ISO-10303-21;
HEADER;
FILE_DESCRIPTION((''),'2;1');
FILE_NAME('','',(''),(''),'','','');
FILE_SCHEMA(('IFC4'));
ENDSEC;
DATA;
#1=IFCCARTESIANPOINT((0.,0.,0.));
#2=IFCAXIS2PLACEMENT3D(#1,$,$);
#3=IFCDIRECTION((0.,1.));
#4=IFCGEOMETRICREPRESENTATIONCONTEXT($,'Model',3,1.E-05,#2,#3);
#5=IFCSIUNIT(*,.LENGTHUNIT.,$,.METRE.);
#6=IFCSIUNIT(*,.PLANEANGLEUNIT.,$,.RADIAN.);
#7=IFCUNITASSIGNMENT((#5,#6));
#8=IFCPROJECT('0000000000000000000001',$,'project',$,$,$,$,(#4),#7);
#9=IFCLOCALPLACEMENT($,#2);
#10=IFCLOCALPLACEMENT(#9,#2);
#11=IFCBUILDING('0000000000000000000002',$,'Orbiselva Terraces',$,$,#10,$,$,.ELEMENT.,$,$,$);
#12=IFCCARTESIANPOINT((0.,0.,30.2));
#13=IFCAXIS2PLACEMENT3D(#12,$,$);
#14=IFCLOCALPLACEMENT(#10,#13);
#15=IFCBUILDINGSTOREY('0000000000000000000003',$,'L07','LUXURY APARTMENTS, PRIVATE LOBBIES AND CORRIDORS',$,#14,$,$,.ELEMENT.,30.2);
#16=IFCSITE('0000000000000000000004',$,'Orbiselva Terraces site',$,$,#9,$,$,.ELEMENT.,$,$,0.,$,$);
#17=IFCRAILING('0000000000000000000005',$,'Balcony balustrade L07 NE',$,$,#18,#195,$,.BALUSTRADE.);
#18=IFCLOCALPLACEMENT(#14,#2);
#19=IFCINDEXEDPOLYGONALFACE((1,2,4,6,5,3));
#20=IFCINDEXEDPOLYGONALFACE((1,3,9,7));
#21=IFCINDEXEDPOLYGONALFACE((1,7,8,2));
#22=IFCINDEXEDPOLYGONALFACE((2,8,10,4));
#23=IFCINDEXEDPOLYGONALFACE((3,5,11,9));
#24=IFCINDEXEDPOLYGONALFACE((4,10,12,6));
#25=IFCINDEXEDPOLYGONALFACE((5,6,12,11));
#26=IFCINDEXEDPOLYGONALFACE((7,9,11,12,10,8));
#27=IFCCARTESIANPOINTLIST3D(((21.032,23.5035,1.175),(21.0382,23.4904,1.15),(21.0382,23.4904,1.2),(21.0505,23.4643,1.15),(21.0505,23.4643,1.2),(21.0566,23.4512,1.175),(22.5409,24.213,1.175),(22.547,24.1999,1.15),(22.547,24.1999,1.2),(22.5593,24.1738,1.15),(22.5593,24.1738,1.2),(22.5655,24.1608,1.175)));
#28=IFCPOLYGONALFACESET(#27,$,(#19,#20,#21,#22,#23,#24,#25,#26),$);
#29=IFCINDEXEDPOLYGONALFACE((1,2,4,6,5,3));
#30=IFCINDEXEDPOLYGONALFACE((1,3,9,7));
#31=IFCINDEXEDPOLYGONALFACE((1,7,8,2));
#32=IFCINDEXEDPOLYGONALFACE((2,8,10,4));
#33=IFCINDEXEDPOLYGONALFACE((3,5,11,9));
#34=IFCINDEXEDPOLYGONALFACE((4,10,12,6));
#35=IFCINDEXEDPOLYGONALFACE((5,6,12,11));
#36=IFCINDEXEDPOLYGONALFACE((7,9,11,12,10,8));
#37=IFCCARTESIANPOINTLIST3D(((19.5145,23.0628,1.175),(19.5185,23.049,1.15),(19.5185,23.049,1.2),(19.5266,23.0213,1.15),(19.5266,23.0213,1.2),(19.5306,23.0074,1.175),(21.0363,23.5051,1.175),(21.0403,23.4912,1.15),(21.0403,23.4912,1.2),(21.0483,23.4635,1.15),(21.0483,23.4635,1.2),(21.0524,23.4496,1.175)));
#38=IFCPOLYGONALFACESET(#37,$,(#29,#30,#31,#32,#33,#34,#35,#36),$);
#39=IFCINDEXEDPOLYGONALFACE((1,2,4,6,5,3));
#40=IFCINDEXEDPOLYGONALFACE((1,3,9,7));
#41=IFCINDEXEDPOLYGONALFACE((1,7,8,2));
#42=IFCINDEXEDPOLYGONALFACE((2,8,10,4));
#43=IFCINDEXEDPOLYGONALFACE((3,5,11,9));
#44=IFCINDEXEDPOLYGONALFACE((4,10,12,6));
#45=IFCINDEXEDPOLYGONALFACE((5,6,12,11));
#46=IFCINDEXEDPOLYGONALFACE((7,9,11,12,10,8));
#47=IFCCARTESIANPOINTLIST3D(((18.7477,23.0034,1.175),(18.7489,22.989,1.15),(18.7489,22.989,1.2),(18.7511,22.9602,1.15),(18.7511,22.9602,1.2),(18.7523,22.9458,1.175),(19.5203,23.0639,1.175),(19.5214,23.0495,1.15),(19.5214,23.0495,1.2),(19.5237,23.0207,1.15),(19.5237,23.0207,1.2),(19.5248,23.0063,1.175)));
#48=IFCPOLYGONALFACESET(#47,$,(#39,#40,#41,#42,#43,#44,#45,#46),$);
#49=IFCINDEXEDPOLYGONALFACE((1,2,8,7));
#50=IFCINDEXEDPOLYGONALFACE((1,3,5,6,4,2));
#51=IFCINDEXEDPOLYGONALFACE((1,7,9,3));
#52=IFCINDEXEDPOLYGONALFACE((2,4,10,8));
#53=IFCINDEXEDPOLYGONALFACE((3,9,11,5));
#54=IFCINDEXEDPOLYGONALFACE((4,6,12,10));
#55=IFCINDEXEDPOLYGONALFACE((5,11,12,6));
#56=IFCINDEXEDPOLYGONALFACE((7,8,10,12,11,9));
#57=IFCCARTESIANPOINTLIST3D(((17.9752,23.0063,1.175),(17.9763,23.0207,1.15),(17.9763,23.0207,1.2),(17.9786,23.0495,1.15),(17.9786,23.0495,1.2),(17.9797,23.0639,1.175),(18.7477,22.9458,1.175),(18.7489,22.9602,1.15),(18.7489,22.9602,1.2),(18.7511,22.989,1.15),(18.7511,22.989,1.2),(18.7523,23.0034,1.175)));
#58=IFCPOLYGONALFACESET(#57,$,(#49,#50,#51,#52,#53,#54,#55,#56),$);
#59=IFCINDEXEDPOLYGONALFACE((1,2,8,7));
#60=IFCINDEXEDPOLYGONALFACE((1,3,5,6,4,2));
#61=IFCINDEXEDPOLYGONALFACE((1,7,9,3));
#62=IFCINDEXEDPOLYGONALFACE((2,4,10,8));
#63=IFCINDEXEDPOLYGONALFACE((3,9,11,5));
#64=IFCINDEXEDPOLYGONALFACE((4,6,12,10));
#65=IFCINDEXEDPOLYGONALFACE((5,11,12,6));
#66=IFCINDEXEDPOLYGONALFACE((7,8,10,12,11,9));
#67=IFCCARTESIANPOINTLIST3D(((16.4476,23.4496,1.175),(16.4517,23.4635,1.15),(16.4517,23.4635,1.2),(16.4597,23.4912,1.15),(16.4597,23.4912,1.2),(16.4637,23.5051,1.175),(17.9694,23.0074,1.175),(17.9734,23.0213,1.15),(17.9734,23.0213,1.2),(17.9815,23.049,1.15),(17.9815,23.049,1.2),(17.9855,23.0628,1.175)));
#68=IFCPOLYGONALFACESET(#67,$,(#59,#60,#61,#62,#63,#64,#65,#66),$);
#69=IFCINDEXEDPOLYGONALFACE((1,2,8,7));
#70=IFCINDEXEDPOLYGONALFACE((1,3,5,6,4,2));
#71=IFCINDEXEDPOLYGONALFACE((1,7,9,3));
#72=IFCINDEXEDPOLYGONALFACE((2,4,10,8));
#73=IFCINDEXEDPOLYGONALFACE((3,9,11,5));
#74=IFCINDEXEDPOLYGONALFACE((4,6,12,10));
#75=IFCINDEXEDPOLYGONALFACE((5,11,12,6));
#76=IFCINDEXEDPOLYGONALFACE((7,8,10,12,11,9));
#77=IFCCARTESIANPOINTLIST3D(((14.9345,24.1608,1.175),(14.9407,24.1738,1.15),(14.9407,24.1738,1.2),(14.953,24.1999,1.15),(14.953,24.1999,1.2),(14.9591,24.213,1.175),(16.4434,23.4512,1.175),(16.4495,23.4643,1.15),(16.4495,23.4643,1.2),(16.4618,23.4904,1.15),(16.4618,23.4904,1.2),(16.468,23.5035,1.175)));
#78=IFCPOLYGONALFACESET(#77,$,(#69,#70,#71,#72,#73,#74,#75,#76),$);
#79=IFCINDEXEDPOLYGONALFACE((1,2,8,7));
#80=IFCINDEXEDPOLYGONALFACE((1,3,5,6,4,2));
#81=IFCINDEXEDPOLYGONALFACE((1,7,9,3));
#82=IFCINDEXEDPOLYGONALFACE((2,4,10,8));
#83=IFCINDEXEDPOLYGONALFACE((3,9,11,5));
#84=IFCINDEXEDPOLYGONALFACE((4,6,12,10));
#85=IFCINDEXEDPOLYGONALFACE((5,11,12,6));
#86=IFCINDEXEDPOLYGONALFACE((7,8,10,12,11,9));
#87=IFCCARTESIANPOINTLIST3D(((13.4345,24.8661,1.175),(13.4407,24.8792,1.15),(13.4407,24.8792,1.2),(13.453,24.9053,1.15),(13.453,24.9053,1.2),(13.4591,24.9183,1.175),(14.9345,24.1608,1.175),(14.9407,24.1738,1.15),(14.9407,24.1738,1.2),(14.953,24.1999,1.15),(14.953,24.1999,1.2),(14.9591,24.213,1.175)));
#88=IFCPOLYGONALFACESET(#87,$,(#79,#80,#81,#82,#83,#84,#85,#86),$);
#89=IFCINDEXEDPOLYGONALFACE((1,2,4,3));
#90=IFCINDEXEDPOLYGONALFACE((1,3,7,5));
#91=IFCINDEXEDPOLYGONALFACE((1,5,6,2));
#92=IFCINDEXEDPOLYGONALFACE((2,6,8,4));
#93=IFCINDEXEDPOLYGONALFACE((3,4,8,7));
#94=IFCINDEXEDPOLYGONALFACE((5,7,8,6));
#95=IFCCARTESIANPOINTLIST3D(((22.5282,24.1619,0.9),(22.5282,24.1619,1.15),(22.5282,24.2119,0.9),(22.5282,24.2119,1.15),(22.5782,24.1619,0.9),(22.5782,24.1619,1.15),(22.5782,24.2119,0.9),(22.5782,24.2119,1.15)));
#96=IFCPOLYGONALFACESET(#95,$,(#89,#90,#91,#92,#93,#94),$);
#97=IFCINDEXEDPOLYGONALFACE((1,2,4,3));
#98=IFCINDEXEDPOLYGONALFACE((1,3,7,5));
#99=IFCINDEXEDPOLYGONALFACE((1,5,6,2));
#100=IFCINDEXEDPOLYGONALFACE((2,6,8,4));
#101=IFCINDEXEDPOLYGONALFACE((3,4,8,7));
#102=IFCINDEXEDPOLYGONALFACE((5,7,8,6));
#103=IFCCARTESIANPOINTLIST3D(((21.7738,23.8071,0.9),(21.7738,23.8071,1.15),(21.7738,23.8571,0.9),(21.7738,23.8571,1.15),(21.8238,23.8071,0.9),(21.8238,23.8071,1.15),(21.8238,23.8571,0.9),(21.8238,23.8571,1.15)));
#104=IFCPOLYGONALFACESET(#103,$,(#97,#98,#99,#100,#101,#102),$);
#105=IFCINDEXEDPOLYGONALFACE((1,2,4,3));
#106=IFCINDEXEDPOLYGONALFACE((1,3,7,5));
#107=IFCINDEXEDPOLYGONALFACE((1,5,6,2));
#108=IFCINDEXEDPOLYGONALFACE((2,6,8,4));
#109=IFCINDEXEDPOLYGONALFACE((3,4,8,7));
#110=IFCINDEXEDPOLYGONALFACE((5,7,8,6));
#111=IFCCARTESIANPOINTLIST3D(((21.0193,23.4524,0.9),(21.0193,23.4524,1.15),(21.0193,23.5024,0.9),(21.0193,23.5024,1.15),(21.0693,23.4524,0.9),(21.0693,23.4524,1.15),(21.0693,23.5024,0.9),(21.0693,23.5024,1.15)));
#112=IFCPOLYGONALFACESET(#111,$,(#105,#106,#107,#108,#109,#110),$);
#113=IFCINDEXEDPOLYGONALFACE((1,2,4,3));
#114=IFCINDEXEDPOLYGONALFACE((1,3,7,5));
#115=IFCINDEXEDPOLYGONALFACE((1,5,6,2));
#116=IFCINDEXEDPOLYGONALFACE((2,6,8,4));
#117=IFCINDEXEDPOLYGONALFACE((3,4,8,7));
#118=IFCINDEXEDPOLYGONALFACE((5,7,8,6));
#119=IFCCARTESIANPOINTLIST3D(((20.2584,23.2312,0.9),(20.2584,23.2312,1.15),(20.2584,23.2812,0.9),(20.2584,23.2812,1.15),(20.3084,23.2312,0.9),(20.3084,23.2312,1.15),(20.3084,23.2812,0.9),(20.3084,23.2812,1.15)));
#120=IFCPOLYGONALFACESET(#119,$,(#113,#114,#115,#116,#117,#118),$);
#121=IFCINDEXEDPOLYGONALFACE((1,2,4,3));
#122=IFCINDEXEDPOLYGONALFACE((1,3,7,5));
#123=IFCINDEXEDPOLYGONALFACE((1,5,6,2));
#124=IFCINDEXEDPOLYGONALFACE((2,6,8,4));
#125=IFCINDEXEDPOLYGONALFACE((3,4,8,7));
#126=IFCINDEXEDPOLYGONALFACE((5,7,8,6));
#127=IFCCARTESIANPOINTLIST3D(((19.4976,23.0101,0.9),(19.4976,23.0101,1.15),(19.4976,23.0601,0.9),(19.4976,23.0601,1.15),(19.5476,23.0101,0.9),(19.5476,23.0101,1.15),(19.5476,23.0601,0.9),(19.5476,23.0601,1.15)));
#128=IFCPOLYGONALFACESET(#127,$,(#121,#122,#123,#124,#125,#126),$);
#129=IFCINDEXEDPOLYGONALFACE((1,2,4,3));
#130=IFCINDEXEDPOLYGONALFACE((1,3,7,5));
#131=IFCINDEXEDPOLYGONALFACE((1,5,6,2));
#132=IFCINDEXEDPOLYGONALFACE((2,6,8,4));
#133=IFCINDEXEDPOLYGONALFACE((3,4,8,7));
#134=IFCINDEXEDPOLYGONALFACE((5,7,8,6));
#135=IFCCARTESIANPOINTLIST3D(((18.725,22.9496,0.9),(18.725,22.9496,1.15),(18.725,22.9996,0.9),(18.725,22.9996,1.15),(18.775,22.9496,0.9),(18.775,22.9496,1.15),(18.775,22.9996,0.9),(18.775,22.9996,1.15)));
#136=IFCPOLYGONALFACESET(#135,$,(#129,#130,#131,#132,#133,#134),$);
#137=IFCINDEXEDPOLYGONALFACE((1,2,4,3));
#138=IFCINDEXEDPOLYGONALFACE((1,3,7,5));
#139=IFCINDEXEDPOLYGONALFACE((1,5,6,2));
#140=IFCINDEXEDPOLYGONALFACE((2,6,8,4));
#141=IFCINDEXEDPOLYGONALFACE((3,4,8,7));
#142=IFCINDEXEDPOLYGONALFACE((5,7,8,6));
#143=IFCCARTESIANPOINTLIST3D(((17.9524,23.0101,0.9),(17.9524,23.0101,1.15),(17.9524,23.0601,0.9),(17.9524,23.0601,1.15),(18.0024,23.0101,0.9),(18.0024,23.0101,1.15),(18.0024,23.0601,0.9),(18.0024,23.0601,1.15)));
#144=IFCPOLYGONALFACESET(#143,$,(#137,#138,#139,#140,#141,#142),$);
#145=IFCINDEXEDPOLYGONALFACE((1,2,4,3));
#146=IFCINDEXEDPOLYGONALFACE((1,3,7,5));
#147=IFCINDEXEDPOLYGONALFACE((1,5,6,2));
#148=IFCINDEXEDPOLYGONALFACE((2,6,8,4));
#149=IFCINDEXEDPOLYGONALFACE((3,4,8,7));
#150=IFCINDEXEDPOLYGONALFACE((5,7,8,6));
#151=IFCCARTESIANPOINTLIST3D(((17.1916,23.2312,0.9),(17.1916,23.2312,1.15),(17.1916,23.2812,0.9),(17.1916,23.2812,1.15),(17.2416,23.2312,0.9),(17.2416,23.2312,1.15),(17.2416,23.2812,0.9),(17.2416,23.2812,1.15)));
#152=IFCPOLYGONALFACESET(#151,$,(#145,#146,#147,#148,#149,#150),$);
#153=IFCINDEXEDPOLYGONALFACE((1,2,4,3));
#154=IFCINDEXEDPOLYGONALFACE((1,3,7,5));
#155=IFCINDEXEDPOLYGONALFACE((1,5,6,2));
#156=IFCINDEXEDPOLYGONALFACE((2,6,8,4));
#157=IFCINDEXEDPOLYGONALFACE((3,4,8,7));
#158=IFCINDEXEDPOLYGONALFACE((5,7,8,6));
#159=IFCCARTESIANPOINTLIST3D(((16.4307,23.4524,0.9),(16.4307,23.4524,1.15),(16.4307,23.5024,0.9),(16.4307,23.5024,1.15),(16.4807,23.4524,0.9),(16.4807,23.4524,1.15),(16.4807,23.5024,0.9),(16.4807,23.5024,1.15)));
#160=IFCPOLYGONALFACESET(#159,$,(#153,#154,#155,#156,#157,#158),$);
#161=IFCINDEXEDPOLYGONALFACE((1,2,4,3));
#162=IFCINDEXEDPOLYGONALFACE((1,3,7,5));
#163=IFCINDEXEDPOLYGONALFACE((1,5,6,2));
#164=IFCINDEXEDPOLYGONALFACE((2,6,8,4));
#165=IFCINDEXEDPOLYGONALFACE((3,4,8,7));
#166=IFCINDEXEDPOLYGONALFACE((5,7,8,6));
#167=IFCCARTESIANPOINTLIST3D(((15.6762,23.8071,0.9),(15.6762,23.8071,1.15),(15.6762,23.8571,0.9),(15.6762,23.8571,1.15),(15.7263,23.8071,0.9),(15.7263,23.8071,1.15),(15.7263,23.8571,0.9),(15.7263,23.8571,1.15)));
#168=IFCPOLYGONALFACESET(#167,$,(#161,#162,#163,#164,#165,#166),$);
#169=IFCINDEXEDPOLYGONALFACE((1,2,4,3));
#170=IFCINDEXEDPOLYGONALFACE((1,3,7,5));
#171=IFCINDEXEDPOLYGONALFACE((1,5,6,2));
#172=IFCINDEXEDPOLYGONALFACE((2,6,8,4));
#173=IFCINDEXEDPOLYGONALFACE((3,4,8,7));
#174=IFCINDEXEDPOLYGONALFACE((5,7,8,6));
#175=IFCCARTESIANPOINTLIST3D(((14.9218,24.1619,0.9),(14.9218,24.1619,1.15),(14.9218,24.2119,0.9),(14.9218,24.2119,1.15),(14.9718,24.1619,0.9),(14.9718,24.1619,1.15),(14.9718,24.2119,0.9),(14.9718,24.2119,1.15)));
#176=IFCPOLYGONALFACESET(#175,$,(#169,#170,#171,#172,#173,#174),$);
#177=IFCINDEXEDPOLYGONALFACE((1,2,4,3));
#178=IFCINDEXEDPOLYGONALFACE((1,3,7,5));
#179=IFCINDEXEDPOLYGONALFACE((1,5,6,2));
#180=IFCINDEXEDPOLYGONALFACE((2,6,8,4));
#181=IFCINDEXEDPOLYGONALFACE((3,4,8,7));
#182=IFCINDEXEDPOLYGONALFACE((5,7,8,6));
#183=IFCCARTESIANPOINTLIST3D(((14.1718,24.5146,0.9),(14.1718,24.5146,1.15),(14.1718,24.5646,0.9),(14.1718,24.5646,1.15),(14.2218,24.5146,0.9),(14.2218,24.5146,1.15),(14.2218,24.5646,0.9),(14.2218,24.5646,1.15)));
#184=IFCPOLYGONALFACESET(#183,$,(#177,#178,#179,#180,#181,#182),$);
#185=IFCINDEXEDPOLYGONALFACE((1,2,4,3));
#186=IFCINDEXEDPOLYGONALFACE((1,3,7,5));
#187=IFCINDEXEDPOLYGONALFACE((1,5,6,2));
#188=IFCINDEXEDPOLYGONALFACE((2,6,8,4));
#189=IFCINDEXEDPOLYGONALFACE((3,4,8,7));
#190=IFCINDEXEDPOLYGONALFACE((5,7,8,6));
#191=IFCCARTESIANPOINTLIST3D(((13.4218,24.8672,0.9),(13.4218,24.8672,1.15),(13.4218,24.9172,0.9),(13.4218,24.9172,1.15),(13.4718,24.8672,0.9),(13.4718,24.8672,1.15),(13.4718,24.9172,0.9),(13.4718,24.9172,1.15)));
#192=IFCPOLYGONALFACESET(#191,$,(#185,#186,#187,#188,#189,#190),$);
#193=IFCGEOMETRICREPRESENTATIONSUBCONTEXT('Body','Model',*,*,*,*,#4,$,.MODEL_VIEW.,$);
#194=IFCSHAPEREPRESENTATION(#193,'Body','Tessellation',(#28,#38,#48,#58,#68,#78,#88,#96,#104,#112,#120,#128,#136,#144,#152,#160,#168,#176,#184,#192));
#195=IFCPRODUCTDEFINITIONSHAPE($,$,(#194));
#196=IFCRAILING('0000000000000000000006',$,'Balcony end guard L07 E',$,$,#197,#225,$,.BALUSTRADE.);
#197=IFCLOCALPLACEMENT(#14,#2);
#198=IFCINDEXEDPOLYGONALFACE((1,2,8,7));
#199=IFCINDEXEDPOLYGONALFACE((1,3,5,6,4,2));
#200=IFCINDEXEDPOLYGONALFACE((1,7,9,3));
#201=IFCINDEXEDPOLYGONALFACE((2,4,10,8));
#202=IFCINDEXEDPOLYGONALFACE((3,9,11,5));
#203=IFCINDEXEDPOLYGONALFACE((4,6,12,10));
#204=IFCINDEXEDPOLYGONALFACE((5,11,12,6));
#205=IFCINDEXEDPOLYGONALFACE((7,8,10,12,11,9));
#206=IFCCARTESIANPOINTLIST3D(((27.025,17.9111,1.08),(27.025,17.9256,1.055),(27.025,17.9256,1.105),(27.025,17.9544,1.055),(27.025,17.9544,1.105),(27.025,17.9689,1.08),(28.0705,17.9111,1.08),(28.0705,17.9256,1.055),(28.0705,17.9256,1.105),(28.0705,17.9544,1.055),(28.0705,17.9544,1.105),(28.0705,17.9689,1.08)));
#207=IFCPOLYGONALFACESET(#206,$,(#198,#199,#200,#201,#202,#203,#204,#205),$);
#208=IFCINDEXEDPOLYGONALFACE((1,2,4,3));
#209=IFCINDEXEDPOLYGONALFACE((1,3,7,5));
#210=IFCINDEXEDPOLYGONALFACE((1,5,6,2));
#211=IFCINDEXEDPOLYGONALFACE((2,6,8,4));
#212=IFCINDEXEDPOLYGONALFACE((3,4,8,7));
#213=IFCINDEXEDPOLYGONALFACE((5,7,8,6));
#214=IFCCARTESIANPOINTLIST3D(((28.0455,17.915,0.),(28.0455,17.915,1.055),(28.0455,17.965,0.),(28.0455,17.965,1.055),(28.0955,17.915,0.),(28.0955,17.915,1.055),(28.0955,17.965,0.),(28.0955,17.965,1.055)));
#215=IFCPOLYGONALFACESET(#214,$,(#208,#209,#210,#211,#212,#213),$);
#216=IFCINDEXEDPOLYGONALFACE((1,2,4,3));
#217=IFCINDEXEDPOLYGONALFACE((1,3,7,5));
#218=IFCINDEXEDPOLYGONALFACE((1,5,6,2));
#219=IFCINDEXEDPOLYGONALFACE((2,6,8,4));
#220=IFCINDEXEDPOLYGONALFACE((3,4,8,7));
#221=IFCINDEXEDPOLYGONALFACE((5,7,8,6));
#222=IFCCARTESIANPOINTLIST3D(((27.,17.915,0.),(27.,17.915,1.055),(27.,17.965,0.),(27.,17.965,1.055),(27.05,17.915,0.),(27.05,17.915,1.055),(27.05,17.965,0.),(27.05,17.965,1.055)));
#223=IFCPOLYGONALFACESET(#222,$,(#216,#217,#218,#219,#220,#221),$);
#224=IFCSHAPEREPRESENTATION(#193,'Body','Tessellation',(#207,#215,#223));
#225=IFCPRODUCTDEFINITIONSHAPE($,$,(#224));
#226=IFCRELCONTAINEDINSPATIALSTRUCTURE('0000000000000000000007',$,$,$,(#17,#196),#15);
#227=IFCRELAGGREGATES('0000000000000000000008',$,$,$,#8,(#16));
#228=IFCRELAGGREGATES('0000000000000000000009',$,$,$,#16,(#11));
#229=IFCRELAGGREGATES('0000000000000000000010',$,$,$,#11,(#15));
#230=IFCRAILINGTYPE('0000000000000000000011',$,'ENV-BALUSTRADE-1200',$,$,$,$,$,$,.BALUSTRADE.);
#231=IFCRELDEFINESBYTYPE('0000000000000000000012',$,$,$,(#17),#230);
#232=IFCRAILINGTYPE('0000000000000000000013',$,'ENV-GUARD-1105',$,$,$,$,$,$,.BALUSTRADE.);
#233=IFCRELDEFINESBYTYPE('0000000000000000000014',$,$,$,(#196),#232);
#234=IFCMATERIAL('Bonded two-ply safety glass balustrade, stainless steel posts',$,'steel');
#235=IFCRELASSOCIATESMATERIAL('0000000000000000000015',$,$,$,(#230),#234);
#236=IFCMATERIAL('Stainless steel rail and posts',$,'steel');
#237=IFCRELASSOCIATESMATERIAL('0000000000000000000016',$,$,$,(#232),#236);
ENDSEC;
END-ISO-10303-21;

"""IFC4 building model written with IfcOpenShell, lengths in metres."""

from ifc_helpers import new_model, si_unit, direction, frame, origin, origin_2d, place, context, subcontext, project, spatial, polyline, rectangle, outline, extrude, material, type_object, element, save


model = new_model("IFC4")

# Units and contexts
model_context = context("Model", 3, precision=1e-05, world=origin(), true_north=direction((0.0, 1.0)))
body_context = subcontext(model_context, "Body", "Model", "MODEL_VIEW")
ifc_project = project(units=[si_unit("LENGTHUNIT", "METRE"), si_unit("PLANEANGLEUNIT", "RADIAN")], contexts=[model_context])

# Site, building, storey
site_placement = place(None, origin())
site = spatial("IfcSite", under=ifc_project, at=site_placement, Name="Orbiselva Terraces site", CompositionType="ELEMENT", RefElevation=0.0)
building_placement = place(site_placement, origin())
building = spatial("IfcBuilding", under=site, at=building_placement, Name="Orbiselva Terraces", CompositionType="ELEMENT")
storey_placement = place(building_placement, frame((0.0, 0.0, 30.2)))
storey = spatial("IfcBuildingStorey", under=building, at=storey_placement, Name="L07", Description="LUXURY APARTMENTS, PRIVATE LOBBIES AND CORRIDORS", CompositionType="ELEMENT", Elevation=30.2)

# Railings
ifc_material_1 = material(Name="Bonded two-ply safety glass balustrade, stainless steel posts", Category="steel")
railing_type_1 = type_object("IfcRailingType", Name="ENV-BALUSTRADE-1200", PredefinedType="BALUSTRADE", material=ifc_material_1)
railing_1_placement = place(storey_placement, frame((22.5532, 24.1869, 0.9)))
element("IfcRailing", 1, at=railing_1_placement, inside=storey, type_object=railing_type_1, Name="Balcony balustrade L07 NE", PredefinedType="BALUSTRADE", context=body_context, shape_type="SweptSolid", body=[
    extrude(outline(polyline([(0.0289, 0.0), (0.0144, 0.025), (-0.0144, 0.025), (-0.0289, 0.0), (-0.0144, -0.025), (0.0144, -0.025), (0.0289, 0.0)])), frame((0.0, 0.0, 0.275), z_axis=(-0.904944, -0.42553, 0.0), x_axis=(0.42553, -0.904944, 0.0)), (0.0, 0.0, 1.0), 1.6674),
    extrude(outline(polyline([(0.0289, 0.0), (0.0144, 0.025), (-0.0144, 0.025), (-0.0289, 0.0), (-0.0144, -0.025), (0.0144, -0.025), (0.0289, 0.0)])), frame((-1.5089, -0.7095, 0.275), z_axis=(-0.96027, -0.279071, 0.0), x_axis=(0.279071, -0.96027, 0.0)), (0.0, 0.0, 1.0), 1.5847),
    extrude(outline(polyline([(0.0289, 0.0), (0.0144, 0.025), (-0.0144, 0.025), (-0.0289, 0.0), (-0.0144, -0.025), (0.0144, -0.025), (0.0289, 0.0)])), frame((-3.0306, -1.1518, 0.275), z_axis=(-0.996948, -0.078071, 0.0), x_axis=(0.078071, -0.996948, 0.0)), (0.0, 0.0, 1.0), 0.7749),
    extrude(outline(polyline([(0.0289, 0.0), (0.0144, 0.025), (-0.0144, 0.025), (-0.0289, 0.0), (-0.0144, -0.025), (0.0144, -0.025), (0.0289, 0.0)])), frame((-3.8032, -1.2123, 0.275), z_axis=(-0.996948, 0.078071, 0.0), x_axis=(-0.078071, -0.996948, 0.0)), (0.0, 0.0, 1.0), 0.7749),
    extrude(outline(polyline([(0.0289, 0.0), (0.0144, 0.025), (-0.0144, 0.025), (-0.0289, 0.0), (-0.0144, -0.025), (0.0144, -0.025), (0.0289, 0.0)])), frame((-4.5757, -1.1518, 0.275), z_axis=(-0.96027, 0.279071, 0.0), x_axis=(-0.279071, -0.96027, 0.0)), (0.0, 0.0, 1.0), 1.5847),
    extrude(outline(polyline([(0.0289, 0.0), (0.0144, 0.025), (-0.0144, 0.025), (-0.0289, 0.0), (-0.0144, -0.025), (0.0144, -0.025), (0.0289, 0.0)])), frame((-6.0975, -0.7095, 0.275), z_axis=(-0.904944, 0.42553, 0.0), x_axis=(-0.42553, -0.904944, 0.0)), (0.0, 0.0, 1.0), 1.6674),
    extrude(outline(polyline([(0.0289, 0.0), (0.0144, 0.025), (-0.0144, 0.025), (-0.0289, 0.0), (-0.0144, -0.025), (0.0144, -0.025), (0.0289, 0.0)])), frame((-7.6064, 0.0, 0.275), z_axis=(-0.904944, 0.42553, 0.0), x_axis=(-0.42553, -0.904944, 0.0)), (0.0, 0.0, 1.0), 1.6576),
    extrude(rectangle(XDim=0.05, YDim=0.05, at=origin_2d()), origin(), (0.0, 0.0, 1.0), 0.25),
    extrude(rectangle(XDim=0.05, YDim=0.05, at=origin_2d()), frame((-0.7544, -0.3548, 0.0)), (0.0, 0.0, 1.0), 0.25),
    extrude(rectangle(XDim=0.05, YDim=0.05, at=origin_2d()), frame((-1.5089, -0.7095, 0.0)), (0.0, 0.0, 1.0), 0.25),
    extrude(rectangle(XDim=0.05, YDim=0.05, at=origin_2d()), frame((-2.2698, -0.9306, 0.0)), (0.0, 0.0, 1.0), 0.25),
    extrude(rectangle(XDim=0.05, YDim=0.05, at=origin_2d()), frame((-3.0306, -1.1518, 0.0)), (0.0, 0.0, 1.0), 0.25),
    extrude(rectangle(XDim=0.05, YDim=0.05, at=origin_2d()), frame((-3.8032, -1.2123, 0.0)), (0.0, 0.0, 1.0), 0.25),
    extrude(rectangle(XDim=0.05, YDim=0.05, at=origin_2d()), frame((-4.5757, -1.1518, 0.0)), (0.0, 0.0, 1.0), 0.25),
    extrude(rectangle(XDim=0.05, YDim=0.05, at=origin_2d()), frame((-5.3366, -0.9306, 0.0)), (0.0, 0.0, 1.0), 0.25),
    extrude(rectangle(XDim=0.05, YDim=0.05, at=origin_2d()), frame((-6.0975, -0.7095, 0.0)), (0.0, 0.0, 1.0), 0.25),
    extrude(rectangle(XDim=0.05, YDim=0.05, at=origin_2d()), frame((-6.8519, -0.3548, 0.0)), (0.0, 0.0, 1.0), 0.25),
    extrude(rectangle(XDim=0.05, YDim=0.05, at=origin_2d()), frame((-7.6064, 0.0, 0.0)), (0.0, 0.0, 1.0), 0.25),
    extrude(rectangle(XDim=0.05, YDim=0.05, at=origin_2d()), frame((-8.3564, 0.3527, 0.0)), (0.0, 0.0, 1.0), 0.25),
    extrude(rectangle(XDim=0.05, YDim=0.05, at=origin_2d()), frame((-9.1064, 0.7053, 0.0)), (0.0, 0.0, 1.0), 0.25),
])
ifc_material_2 = material(Name="Stainless steel rail and posts", Category="steel")
railing_type_2 = type_object("IfcRailingType", Name="ENV-GUARD-1105", PredefinedType="BALUSTRADE", material=ifc_material_2)
railing_2_placement = place(storey_placement, frame((28.0705, 17.94, 0.0)))
element("IfcRailing", 2, at=railing_2_placement, inside=storey, type_object=railing_type_2, Name="Balcony end guard L07 E", PredefinedType="BALUSTRADE", context=body_context, shape_type="SweptSolid", body=[
    extrude(outline(polyline([(0.0289, 0.0), (0.0144, 0.025), (-0.0144, 0.025), (-0.0289, 0.0), (-0.0144, -0.025), (0.0144, -0.025), (0.0289, 0.0)])), frame((0.0, 0.0, 1.08), z_axis=(-1.0, 0.0, 0.0), x_axis=(0.0, -1.0, 0.0)), (0.0, 0.0, 1.0), 1.0455),
    extrude(rectangle(XDim=0.05, YDim=0.05, at=origin_2d()), origin(), (0.0, 0.0, 1.0), 1.055),
    extrude(rectangle(XDim=0.05, YDim=0.05, at=origin_2d()), frame((-1.0455, 0.0, 0.0)), (0.0, 0.0, 1.0), 1.055),
])

save(model, "model.ifc")
